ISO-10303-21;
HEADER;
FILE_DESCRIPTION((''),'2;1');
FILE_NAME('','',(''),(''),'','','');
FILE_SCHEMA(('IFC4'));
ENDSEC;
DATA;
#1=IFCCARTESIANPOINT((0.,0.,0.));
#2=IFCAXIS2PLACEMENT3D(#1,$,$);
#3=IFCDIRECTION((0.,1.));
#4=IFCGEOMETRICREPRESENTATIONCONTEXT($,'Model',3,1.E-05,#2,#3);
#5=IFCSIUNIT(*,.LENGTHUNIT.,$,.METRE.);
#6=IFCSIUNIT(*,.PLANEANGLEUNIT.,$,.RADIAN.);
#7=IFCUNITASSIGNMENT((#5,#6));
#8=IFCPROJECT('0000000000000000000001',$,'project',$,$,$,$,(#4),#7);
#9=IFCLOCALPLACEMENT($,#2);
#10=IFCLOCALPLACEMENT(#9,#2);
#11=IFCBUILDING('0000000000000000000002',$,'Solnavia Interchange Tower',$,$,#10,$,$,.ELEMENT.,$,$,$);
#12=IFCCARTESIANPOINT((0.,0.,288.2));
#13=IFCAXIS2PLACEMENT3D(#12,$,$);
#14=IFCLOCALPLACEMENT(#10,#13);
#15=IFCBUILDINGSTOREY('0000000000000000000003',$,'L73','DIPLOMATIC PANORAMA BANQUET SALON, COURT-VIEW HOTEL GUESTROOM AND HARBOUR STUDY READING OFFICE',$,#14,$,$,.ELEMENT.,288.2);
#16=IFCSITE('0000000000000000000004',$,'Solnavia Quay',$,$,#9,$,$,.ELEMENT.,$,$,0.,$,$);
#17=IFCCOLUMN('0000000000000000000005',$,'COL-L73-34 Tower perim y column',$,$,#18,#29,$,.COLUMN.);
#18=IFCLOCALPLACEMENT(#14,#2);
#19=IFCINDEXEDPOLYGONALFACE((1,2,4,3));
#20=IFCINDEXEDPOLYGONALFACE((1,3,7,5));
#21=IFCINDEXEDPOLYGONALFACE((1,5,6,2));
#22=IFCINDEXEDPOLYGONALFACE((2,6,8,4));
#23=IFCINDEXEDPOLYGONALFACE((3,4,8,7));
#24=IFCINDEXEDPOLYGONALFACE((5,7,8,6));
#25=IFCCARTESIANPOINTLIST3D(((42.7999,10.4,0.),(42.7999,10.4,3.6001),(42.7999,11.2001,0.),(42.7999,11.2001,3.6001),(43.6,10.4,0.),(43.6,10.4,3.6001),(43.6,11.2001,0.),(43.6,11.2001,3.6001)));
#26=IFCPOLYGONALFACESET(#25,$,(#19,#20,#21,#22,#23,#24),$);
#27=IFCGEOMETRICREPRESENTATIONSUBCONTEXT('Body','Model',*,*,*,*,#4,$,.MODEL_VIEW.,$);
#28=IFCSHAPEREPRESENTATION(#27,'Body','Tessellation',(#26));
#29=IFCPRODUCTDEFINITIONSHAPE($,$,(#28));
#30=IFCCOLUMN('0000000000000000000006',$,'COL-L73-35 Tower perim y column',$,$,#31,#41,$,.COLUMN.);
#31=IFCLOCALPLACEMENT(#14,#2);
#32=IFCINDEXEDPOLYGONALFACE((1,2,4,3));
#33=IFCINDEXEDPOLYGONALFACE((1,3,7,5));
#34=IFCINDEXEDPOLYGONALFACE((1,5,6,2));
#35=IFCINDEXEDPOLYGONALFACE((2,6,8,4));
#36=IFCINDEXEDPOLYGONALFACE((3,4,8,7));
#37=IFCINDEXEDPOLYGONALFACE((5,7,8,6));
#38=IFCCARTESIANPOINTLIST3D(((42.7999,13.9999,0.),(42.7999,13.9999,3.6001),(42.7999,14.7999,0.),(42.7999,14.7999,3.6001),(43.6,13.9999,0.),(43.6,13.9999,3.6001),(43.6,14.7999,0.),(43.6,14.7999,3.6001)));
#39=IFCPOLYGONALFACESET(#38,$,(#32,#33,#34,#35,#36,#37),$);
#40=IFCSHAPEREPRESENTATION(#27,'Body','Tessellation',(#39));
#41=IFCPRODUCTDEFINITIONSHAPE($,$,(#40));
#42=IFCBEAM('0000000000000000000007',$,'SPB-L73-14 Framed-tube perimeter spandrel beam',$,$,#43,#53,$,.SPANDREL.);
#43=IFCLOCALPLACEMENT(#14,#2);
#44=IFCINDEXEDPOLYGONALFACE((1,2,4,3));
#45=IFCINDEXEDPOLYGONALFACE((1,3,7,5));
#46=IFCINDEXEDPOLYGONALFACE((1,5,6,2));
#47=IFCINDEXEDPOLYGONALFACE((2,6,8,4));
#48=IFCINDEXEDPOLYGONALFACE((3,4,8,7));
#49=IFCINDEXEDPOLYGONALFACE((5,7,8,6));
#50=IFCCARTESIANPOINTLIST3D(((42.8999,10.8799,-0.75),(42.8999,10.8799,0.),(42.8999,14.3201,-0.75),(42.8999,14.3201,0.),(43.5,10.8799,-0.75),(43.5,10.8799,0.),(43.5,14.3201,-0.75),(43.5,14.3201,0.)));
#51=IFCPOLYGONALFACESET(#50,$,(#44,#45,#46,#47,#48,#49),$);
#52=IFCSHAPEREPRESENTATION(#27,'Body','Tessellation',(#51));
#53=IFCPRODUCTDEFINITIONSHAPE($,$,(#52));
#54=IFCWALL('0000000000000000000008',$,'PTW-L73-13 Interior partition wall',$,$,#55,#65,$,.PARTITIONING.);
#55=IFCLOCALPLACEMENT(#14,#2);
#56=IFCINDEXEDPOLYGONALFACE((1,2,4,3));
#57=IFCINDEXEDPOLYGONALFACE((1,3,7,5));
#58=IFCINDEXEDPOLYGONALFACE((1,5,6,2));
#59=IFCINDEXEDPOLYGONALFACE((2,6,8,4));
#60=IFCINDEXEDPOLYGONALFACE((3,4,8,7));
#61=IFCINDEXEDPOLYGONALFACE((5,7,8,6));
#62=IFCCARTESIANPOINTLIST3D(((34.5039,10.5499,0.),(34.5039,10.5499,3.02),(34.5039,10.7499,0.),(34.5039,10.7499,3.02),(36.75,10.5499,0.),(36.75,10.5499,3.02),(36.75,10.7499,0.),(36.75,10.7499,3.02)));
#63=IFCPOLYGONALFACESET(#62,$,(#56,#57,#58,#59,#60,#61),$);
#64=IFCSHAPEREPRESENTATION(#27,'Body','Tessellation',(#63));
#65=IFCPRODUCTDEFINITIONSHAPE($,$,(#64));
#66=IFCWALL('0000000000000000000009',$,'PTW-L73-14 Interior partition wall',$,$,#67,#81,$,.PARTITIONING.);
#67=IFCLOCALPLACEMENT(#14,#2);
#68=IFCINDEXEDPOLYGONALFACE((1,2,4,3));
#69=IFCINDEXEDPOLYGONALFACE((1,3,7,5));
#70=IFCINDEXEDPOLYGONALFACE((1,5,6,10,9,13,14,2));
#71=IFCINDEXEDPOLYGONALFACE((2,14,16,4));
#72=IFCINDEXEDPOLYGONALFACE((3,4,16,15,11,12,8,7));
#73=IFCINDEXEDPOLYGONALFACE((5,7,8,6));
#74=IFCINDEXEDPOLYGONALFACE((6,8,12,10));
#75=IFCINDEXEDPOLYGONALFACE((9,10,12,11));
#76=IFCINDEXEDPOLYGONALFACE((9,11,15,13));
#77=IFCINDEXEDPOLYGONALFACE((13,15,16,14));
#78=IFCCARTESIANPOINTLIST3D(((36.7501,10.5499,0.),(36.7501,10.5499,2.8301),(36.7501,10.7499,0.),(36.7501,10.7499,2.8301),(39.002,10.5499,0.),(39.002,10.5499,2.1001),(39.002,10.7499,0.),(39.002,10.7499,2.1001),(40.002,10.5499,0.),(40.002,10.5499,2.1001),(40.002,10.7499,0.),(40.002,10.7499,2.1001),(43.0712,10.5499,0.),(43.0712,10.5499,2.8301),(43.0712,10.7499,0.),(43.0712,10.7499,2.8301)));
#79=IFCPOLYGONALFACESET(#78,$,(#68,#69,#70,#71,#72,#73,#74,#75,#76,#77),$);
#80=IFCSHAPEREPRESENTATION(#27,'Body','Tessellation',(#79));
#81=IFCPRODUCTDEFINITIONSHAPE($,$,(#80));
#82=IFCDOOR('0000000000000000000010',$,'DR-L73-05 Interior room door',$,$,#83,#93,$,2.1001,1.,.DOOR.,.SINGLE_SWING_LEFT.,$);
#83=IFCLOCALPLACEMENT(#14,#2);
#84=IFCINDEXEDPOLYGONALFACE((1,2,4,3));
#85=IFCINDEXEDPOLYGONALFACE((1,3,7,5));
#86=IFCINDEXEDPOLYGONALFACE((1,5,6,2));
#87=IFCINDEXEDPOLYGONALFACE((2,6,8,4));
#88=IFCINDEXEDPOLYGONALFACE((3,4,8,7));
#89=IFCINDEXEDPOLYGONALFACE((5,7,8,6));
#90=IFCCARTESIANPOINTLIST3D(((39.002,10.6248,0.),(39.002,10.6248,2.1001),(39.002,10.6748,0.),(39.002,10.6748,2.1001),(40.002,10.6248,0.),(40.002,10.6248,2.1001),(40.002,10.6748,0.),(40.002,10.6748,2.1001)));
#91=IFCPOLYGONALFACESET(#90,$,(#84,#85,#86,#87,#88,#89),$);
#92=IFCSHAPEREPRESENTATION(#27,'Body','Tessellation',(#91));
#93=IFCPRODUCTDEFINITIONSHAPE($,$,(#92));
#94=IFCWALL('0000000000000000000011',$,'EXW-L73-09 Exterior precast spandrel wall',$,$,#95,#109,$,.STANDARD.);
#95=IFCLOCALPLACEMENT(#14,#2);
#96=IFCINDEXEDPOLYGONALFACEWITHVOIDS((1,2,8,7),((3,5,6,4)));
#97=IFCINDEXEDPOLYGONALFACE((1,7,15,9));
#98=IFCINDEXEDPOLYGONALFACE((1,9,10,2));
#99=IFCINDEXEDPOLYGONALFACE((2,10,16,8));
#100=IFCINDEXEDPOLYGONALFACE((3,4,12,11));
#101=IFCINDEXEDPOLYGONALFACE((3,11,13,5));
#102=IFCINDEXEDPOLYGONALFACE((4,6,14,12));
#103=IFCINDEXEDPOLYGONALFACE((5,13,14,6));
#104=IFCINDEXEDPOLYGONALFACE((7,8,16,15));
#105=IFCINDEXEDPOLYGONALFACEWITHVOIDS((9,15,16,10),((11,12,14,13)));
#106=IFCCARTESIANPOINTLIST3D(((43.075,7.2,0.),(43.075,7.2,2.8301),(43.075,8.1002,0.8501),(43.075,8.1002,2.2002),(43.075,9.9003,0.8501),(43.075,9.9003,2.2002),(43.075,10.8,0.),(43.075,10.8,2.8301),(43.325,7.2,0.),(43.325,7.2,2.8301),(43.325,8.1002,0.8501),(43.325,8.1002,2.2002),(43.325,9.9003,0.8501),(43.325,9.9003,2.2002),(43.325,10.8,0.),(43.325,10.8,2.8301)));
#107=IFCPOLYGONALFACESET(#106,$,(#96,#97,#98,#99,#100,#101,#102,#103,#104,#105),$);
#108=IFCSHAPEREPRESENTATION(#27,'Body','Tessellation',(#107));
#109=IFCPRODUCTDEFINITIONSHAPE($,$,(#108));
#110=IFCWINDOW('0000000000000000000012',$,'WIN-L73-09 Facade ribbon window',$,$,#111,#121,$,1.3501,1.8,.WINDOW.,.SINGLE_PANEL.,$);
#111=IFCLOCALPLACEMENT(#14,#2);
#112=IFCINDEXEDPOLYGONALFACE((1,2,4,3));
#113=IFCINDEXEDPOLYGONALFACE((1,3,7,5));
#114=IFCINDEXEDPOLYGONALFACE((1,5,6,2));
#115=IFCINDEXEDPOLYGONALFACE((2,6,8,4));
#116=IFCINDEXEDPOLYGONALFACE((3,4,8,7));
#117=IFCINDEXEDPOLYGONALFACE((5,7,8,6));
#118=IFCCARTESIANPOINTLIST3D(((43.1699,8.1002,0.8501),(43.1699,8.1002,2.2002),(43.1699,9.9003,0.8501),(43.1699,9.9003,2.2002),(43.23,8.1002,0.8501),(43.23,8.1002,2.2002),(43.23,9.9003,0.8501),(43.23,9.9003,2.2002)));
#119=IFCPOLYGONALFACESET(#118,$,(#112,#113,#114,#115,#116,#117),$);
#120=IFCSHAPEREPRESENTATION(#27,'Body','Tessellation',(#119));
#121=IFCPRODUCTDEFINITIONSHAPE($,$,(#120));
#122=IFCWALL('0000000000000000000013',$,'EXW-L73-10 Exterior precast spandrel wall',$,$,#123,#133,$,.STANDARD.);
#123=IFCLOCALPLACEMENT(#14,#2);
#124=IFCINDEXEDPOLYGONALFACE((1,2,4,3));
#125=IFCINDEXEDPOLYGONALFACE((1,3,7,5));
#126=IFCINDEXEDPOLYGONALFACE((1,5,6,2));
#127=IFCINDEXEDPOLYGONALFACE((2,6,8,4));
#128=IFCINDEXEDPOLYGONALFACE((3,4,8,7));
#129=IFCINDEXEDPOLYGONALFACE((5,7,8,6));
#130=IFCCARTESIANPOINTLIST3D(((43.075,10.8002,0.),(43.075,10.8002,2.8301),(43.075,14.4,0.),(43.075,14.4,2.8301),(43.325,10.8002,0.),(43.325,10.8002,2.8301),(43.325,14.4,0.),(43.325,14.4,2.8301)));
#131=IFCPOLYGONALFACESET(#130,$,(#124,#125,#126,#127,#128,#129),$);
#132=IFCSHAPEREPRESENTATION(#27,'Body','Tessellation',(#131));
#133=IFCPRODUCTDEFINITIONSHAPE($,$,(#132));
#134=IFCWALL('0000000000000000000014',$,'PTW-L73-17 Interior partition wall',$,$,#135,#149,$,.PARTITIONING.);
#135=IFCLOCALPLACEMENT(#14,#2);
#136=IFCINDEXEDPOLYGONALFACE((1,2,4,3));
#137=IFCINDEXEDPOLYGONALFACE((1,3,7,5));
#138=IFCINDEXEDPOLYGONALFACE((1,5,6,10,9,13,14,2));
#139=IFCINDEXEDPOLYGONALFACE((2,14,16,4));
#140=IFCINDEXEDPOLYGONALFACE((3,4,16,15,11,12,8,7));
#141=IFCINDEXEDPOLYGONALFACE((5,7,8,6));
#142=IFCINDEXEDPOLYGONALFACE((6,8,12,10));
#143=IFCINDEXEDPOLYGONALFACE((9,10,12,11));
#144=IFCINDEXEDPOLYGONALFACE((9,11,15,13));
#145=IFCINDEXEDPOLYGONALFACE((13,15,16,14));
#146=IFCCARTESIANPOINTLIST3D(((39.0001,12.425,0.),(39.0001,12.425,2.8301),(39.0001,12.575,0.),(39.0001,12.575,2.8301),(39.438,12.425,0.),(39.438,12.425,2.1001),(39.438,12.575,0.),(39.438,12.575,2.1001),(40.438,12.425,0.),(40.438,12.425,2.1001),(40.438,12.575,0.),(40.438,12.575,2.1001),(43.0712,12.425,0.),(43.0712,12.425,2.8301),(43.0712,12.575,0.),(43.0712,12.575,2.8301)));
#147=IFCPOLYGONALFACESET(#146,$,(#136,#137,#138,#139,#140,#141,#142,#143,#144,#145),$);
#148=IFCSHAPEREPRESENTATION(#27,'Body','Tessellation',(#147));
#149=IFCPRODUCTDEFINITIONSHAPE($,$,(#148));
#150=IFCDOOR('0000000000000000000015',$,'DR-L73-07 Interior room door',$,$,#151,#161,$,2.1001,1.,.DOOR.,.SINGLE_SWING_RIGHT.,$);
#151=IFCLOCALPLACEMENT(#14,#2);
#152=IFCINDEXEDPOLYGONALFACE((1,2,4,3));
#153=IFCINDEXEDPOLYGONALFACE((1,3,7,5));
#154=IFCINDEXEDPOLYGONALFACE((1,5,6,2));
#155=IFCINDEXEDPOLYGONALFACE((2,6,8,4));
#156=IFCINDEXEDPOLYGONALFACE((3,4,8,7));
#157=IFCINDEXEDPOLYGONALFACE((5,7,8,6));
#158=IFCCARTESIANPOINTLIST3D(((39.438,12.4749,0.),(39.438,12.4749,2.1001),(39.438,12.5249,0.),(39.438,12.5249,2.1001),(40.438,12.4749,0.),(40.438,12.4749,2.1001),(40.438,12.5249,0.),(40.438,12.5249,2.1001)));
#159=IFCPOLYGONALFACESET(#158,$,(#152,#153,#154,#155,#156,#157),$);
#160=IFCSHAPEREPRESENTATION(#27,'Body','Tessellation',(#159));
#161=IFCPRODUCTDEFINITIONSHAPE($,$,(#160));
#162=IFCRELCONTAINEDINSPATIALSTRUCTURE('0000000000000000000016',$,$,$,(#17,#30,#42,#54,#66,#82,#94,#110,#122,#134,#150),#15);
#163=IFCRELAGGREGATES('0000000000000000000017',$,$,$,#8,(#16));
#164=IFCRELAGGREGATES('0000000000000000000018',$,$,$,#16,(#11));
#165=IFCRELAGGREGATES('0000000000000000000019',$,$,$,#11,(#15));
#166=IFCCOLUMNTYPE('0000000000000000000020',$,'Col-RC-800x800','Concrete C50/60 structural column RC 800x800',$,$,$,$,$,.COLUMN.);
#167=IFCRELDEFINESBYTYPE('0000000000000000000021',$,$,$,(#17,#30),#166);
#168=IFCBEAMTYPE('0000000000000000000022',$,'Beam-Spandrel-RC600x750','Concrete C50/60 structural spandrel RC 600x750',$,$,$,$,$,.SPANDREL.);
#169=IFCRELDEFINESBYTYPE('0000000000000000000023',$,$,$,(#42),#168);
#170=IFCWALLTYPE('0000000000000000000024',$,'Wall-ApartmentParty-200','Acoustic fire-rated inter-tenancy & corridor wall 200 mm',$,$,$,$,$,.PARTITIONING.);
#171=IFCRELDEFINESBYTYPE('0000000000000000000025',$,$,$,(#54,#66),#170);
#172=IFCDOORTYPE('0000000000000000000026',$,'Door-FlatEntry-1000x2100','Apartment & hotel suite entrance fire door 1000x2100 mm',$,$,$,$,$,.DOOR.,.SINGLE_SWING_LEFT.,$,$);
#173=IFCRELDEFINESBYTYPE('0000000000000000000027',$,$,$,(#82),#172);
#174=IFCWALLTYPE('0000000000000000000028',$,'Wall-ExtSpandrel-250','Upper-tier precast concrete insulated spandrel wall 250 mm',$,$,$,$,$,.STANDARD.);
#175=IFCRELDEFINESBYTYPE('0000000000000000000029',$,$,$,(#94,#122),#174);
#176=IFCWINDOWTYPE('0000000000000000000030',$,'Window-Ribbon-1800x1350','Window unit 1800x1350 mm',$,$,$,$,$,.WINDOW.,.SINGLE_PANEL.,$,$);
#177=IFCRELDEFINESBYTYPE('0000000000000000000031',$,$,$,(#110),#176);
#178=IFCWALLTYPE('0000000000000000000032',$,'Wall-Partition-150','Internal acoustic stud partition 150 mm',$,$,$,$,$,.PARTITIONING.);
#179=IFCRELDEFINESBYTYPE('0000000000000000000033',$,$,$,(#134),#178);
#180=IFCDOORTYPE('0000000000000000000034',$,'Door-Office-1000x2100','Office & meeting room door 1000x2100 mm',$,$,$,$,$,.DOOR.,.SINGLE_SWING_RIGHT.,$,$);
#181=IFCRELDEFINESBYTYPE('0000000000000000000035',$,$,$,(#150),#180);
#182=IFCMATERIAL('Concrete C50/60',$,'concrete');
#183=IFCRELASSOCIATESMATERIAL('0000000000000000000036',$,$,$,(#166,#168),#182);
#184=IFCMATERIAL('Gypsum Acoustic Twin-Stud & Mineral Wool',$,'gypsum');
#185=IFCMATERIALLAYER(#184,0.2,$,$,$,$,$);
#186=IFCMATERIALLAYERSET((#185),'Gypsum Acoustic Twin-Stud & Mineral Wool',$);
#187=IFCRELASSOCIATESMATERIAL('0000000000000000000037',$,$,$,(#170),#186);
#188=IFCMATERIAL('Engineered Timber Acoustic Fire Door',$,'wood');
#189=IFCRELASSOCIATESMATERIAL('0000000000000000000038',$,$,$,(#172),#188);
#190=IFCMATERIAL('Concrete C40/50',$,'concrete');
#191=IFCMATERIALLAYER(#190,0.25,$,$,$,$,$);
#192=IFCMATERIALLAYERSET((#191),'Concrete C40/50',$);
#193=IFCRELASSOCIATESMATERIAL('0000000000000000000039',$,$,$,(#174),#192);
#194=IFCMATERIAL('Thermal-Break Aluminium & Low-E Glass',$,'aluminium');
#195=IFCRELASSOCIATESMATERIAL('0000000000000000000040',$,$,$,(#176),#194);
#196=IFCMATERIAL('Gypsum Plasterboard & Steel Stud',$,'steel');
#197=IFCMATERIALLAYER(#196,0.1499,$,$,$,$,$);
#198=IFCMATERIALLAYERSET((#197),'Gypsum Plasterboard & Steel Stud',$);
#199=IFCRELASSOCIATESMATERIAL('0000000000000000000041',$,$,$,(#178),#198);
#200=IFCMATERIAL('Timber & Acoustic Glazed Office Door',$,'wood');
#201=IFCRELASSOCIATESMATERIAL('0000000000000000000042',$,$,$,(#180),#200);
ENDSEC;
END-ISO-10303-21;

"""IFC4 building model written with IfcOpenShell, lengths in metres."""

from ifc_helpers import new_model, si_unit, direction, frame, frame_2d, origin, origin_2d, place, context, subcontext, project, spatial, rectangle, extrude, material, layer, layer_set, material_profile, profile_set, type_object, element, fill, save


model = new_model("IFC4")

# Units and contexts
model_context = context("Model", 3, precision=1e-05, world=origin(), true_north=direction((0.0, 1.0)))
body_context = subcontext(model_context, "Body", "Model", "MODEL_VIEW")
ifc_project = project(units=[si_unit("LENGTHUNIT", "METRE"), si_unit("PLANEANGLEUNIT", "RADIAN")], contexts=[model_context])

# Site, building, storey
site_placement = place(None, origin())
site = spatial("IfcSite", under=ifc_project, at=site_placement, Name="Solnavia Quay", CompositionType="ELEMENT", RefElevation=0.0)
building_placement = place(site_placement, origin())
building = spatial("IfcBuilding", under=site, at=building_placement, Name="Solnavia Interchange Tower", CompositionType="ELEMENT")
storey_placement = place(building_placement, frame((0.0, 0.0, 288.2)))
storey = spatial("IfcBuildingStorey", under=building, at=storey_placement, Name="L73", Description="DIPLOMATIC PANORAMA BANQUET SALON, COURT-VIEW HOTEL GUESTROOM AND HARBOUR STUDY READING OFFICE", CompositionType="ELEMENT", Elevation=288.2)

# Columns
ifc_material_1 = material(Name="Concrete C50/60", Category="concrete")
ifc_material_profile_1 = material_profile(ifc_material_1, rectangle(XDim=0.8, YDim=0.8, at=origin_2d()), Name="RC 800x800")
ifc_profile_set_1 = profile_set([ifc_material_profile_1], Name="Concrete C50/60")
column_type = type_object("IfcColumnType", Name="Col-RC-800x800", Description="Concrete C50/60 structural column RC 800x800", PredefinedType="COLUMN", material=ifc_profile_set_1)
for number, where, z_axis, x_axis, name in (
    (1, (43.2, 10.8, 0.0), (0.0, 0.0, 1.0), (0.0, 1.0, 0.0), "COL-L73-34 Tower perim y column"),
    (2, (43.2, 14.3999, 0.0), (0.0, 0.0, 1.0), (0.0, 1.0, 0.0), "COL-L73-35 Tower perim y column"),
):
    element("IfcColumn", number, at=place(storey_placement, frame(where, z_axis=z_axis, x_axis=x_axis)), inside=storey, type_object=column_type, Name=name, PredefinedType="COLUMN", context=body_context, shape_type="SweptSolid", body=[
        extrude(rectangle(XDim=0.8, YDim=0.8, at=origin_2d()), origin(), (0.0, 0.0, 1.0), 3.6001),
    ])

# Beam
ifc_material_profile_2 = material_profile(ifc_material_1, rectangle(XDim=0.6001, YDim=0.75, at=origin_2d()), Name="RC 600x750")
ifc_profile_set_2 = profile_set([ifc_material_profile_2], Name="Concrete C50/60")
beam_type = type_object("IfcBeamType", Name="Beam-Spandrel-RC600x750", Description="Concrete C50/60 structural spandrel RC 600x750", PredefinedType="SPANDREL", material=ifc_profile_set_2)
beam_placement = place(storey_placement, frame((43.2, 10.8799, -0.375), z_axis=(0.0, 1.0, 0.0), x_axis=(-1.0, 0.0, 0.0)))
element("IfcBeam", 3, at=beam_placement, inside=storey, type_object=beam_type, Name="SPB-L73-14 Framed-tube perimeter spandrel beam", PredefinedType="SPANDREL", context=body_context, shape_type="SweptSolid", body=[
    extrude(rectangle(XDim=0.6001, YDim=0.75, at=origin_2d()), origin(), (0.0, 0.0, 1.0), 3.4402),
])

# Wall
ifc_material_2 = material(Name="Gypsum Acoustic Twin-Stud & Mineral Wool", Category="gypsum")
ifc_layer_1 = layer(ifc_material_2, 0.2)
ifc_layer_set_1 = layer_set([ifc_layer_1], Name="Gypsum Acoustic Twin-Stud & Mineral Wool")
wall_type_1 = type_object("IfcWallType", Name="Wall-ApartmentParty-200", Description="Acoustic fire-rated inter-tenancy & corridor wall 200 mm", PredefinedType="PARTITIONING", material=ifc_layer_set_1)
wall_1_placement = place(storey_placement, frame((34.5039, 10.6499, 0.0), z_axis=(0.0, 0.0, 1.0), x_axis=(1.0, 0.0, 0.0)))
element("IfcWall", 4, at=wall_1_placement, inside=storey, type_object=wall_type_1, Name="PTW-L73-13 Interior partition wall", PredefinedType="PARTITIONING", context=body_context, shape_type="SweptSolid", body=[
    extrude(rectangle(XDim=2.2461, YDim=0.2, at=frame_2d((1.123, 0.0))), origin(), (0.0, 0.0, 1.0), 3.02),
])

# Wall, opening, door
wall_2_placement = place(storey_placement, frame((36.75, 10.6499, 0.0), z_axis=(0.0, 0.0, 1.0), x_axis=(1.0, 0.0, 0.0)))
wall_2 = element("IfcWall", 5, at=wall_2_placement, inside=storey, type_object=wall_type_1, Name="PTW-L73-14 Interior partition wall", PredefinedType="PARTITIONING", context=body_context, shape_type="SweptSolid", body=[
    extrude(rectangle(XDim=6.321, YDim=0.2, at=frame_2d((3.1606, 0.0))), origin(), (0.0, 0.0, 1.0), 2.8301),
])
opening_1_placement = place(wall_2_placement, frame((2.252, 0.0, 0.0)))
opening_1 = element("IfcOpeningElement", 6, at=opening_1_placement, cuts=wall_2, PredefinedType="OPENING", context=body_context, shape_type="SweptSolid", body=[
    extrude(rectangle(XDim=1.0, YDim=2.1001, at=frame_2d((0.5, 1.05))), frame((0.0, 0.1099, 0.0), z_axis=(0.0, -1.0, 0.0), x_axis=(1.0, 0.0, 0.0)), (0.0, 0.0, 1.0), 0.22),
])
ifc_material_3 = material(Name="Engineered Timber Acoustic Fire Door", Category="wood")
door_type_1 = type_object("IfcDoorType", Name="Door-FlatEntry-1000x2100", Description="Apartment & hotel suite entrance fire door 1000x2100 mm", OperationType="SINGLE_SWING_LEFT", PredefinedType="DOOR", material=ifc_material_3)
door_1_placement = place(opening_1_placement, origin())
door_1 = element("IfcDoor", 7, at=door_1_placement, inside=storey, type_object=door_type_1, Name="DR-L73-05 Interior room door", OperationType="SINGLE_SWING_LEFT", OverallHeight=2.1001, OverallWidth=1.0, PredefinedType="DOOR", context=body_context, shape_type="SweptSolid", body=[
    extrude(rectangle(XDim=1.0, YDim=2.1001, at=frame_2d((0.5, 1.05))), frame((0.0, 0.0249, 0.0), z_axis=(0.0, -1.0, 0.0), x_axis=(1.0, 0.0, 0.0)), (0.0, 0.0, 1.0), 0.05),
])
fill(opening_1, door_1)

# Wall, opening, window
ifc_material_4 = material(Name="Concrete C40/50", Category="concrete")
ifc_layer_2 = layer(ifc_material_4, 0.25)
ifc_layer_set_2 = layer_set([ifc_layer_2], Name="Concrete C40/50")
wall_type_2 = type_object("IfcWallType", Name="Wall-ExtSpandrel-250", Description="Upper-tier precast concrete insulated spandrel wall 250 mm", PredefinedType="STANDARD", material=ifc_layer_set_2)
wall_3_placement = place(storey_placement, frame((43.2, 10.8, 0.0), z_axis=(0.0, 0.0, 1.0), x_axis=(0.0, -1.0, 0.0)))
wall_3 = element("IfcWall", 8, at=wall_3_placement, inside=storey, type_object=wall_type_2, Name="EXW-L73-09 Exterior precast spandrel wall", PredefinedType="STANDARD", context=body_context, shape_type="SweptSolid", body=[
    extrude(rectangle(XDim=3.6001, YDim=0.25, at=frame_2d((1.8, 0.0))), origin(), (0.0, 0.0, 1.0), 2.8301),
])
opening_2_placement = place(wall_3_placement, frame((0.8999, 0.0, 0.8501)))
opening_2 = element("IfcOpeningElement", 9, at=opening_2_placement, cuts=wall_3, PredefinedType="OPENING", context=body_context, shape_type="SweptSolid", body=[
    extrude(rectangle(XDim=1.8, YDim=1.3501, at=frame_2d((0.8999, 0.675))), frame((0.0, 0.135, 0.0), z_axis=(0.0, -1.0, 0.0), x_axis=(1.0, 0.0, 0.0)), (0.0, 0.0, 1.0), 0.27),
])
ifc_material_5 = material(Name="Thermal-Break Aluminium & Low-E Glass", Category="aluminium")
window_type = type_object("IfcWindowType", Name="Window-Ribbon-1800x1350", Description="Window unit 1800x1350 mm", PartitioningType="SINGLE_PANEL", PredefinedType="WINDOW", material=ifc_material_5)
window_placement = place(opening_2_placement, origin())
window = element("IfcWindow", 10, at=window_placement, inside=storey, type_object=window_type, Name="WIN-L73-09 Facade ribbon window", OverallHeight=1.3501, OverallWidth=1.8, PartitioningType="SINGLE_PANEL", PredefinedType="WINDOW", context=body_context, shape_type="SweptSolid", body=[
    extrude(rectangle(XDim=1.8, YDim=1.3501, at=frame_2d((0.8999, 0.675))), frame((0.0, 0.03, 0.0), z_axis=(0.0, -1.0, 0.0), x_axis=(1.0, 0.0, 0.0)), (0.0, 0.0, 1.0), 0.0601),
])
fill(opening_2, window)

# Wall
wall_4_placement = place(storey_placement, frame((43.2, 14.3999, 0.0), z_axis=(0.0, 0.0, 1.0), x_axis=(0.0, -1.0, 0.0)))
element("IfcWall", 11, at=wall_4_placement, inside=storey, type_object=wall_type_2, Name="EXW-L73-10 Exterior precast spandrel wall", PredefinedType="STANDARD", context=body_context, shape_type="SweptSolid", body=[
    extrude(rectangle(XDim=3.5999, YDim=0.25, at=frame_2d((1.7998, 0.0))), origin(), (0.0, 0.0, 1.0), 2.8301),
])

# Wall, opening, door
ifc_material_6 = material(Name="Gypsum Plasterboard & Steel Stud", Category="steel")
ifc_layer_3 = layer(ifc_material_6, 0.1499)
ifc_layer_set_3 = layer_set([ifc_layer_3], Name="Gypsum Plasterboard & Steel Stud")
wall_type_3 = type_object("IfcWallType", Name="Wall-Partition-150", Description="Internal acoustic stud partition 150 mm", PredefinedType="PARTITIONING", material=ifc_layer_set_3)
wall_5_placement = place(storey_placement, frame((39.0, 12.5, 0.0), z_axis=(0.0, 0.0, 1.0), x_axis=(1.0, 0.0, 0.0)))
wall_5 = element("IfcWall", 12, at=wall_5_placement, inside=storey, type_object=wall_type_3, Name="PTW-L73-17 Interior partition wall", PredefinedType="PARTITIONING", context=body_context, shape_type="SweptSolid", body=[
    extrude(rectangle(XDim=4.071, YDim=0.1499, at=frame_2d((2.0356, 0.0))), origin(), (0.0, 0.0, 1.0), 2.8301),
])
opening_3_placement = place(wall_5_placement, frame((0.438, 0.0, 0.0)))
opening_3 = element("IfcOpeningElement", 13, at=opening_3_placement, cuts=wall_5, PredefinedType="OPENING", context=body_context, shape_type="SweptSolid", body=[
    extrude(rectangle(XDim=1.0, YDim=2.1001, at=frame_2d((0.5, 1.05))), frame((0.0, 0.085, 0.0), z_axis=(0.0, -1.0, 0.0), x_axis=(1.0, 0.0, 0.0)), (0.0, 0.0, 1.0), 0.1699),
])
ifc_material_7 = material(Name="Timber & Acoustic Glazed Office Door", Category="wood")
door_type_2 = type_object("IfcDoorType", Name="Door-Office-1000x2100", Description="Office & meeting room door 1000x2100 mm", OperationType="SINGLE_SWING_RIGHT", PredefinedType="DOOR", material=ifc_material_7)
door_2_placement = place(opening_3_placement, origin())
door_2 = element("IfcDoor", 14, at=door_2_placement, inside=storey, type_object=door_type_2, Name="DR-L73-07 Interior room door", OperationType="SINGLE_SWING_RIGHT", OverallHeight=2.1001, OverallWidth=1.0, PredefinedType="DOOR", context=body_context, shape_type="SweptSolid", body=[
    extrude(rectangle(XDim=1.0, YDim=2.1001, at=frame_2d((0.5, 1.05))), frame((0.0, 0.0249, 0.0), z_axis=(0.0, -1.0, 0.0), x_axis=(1.0, 0.0, 0.0)), (0.0, 0.0, 1.0), 0.05),
])
fill(opening_3, door_2)

save(model, "model.ifc")
